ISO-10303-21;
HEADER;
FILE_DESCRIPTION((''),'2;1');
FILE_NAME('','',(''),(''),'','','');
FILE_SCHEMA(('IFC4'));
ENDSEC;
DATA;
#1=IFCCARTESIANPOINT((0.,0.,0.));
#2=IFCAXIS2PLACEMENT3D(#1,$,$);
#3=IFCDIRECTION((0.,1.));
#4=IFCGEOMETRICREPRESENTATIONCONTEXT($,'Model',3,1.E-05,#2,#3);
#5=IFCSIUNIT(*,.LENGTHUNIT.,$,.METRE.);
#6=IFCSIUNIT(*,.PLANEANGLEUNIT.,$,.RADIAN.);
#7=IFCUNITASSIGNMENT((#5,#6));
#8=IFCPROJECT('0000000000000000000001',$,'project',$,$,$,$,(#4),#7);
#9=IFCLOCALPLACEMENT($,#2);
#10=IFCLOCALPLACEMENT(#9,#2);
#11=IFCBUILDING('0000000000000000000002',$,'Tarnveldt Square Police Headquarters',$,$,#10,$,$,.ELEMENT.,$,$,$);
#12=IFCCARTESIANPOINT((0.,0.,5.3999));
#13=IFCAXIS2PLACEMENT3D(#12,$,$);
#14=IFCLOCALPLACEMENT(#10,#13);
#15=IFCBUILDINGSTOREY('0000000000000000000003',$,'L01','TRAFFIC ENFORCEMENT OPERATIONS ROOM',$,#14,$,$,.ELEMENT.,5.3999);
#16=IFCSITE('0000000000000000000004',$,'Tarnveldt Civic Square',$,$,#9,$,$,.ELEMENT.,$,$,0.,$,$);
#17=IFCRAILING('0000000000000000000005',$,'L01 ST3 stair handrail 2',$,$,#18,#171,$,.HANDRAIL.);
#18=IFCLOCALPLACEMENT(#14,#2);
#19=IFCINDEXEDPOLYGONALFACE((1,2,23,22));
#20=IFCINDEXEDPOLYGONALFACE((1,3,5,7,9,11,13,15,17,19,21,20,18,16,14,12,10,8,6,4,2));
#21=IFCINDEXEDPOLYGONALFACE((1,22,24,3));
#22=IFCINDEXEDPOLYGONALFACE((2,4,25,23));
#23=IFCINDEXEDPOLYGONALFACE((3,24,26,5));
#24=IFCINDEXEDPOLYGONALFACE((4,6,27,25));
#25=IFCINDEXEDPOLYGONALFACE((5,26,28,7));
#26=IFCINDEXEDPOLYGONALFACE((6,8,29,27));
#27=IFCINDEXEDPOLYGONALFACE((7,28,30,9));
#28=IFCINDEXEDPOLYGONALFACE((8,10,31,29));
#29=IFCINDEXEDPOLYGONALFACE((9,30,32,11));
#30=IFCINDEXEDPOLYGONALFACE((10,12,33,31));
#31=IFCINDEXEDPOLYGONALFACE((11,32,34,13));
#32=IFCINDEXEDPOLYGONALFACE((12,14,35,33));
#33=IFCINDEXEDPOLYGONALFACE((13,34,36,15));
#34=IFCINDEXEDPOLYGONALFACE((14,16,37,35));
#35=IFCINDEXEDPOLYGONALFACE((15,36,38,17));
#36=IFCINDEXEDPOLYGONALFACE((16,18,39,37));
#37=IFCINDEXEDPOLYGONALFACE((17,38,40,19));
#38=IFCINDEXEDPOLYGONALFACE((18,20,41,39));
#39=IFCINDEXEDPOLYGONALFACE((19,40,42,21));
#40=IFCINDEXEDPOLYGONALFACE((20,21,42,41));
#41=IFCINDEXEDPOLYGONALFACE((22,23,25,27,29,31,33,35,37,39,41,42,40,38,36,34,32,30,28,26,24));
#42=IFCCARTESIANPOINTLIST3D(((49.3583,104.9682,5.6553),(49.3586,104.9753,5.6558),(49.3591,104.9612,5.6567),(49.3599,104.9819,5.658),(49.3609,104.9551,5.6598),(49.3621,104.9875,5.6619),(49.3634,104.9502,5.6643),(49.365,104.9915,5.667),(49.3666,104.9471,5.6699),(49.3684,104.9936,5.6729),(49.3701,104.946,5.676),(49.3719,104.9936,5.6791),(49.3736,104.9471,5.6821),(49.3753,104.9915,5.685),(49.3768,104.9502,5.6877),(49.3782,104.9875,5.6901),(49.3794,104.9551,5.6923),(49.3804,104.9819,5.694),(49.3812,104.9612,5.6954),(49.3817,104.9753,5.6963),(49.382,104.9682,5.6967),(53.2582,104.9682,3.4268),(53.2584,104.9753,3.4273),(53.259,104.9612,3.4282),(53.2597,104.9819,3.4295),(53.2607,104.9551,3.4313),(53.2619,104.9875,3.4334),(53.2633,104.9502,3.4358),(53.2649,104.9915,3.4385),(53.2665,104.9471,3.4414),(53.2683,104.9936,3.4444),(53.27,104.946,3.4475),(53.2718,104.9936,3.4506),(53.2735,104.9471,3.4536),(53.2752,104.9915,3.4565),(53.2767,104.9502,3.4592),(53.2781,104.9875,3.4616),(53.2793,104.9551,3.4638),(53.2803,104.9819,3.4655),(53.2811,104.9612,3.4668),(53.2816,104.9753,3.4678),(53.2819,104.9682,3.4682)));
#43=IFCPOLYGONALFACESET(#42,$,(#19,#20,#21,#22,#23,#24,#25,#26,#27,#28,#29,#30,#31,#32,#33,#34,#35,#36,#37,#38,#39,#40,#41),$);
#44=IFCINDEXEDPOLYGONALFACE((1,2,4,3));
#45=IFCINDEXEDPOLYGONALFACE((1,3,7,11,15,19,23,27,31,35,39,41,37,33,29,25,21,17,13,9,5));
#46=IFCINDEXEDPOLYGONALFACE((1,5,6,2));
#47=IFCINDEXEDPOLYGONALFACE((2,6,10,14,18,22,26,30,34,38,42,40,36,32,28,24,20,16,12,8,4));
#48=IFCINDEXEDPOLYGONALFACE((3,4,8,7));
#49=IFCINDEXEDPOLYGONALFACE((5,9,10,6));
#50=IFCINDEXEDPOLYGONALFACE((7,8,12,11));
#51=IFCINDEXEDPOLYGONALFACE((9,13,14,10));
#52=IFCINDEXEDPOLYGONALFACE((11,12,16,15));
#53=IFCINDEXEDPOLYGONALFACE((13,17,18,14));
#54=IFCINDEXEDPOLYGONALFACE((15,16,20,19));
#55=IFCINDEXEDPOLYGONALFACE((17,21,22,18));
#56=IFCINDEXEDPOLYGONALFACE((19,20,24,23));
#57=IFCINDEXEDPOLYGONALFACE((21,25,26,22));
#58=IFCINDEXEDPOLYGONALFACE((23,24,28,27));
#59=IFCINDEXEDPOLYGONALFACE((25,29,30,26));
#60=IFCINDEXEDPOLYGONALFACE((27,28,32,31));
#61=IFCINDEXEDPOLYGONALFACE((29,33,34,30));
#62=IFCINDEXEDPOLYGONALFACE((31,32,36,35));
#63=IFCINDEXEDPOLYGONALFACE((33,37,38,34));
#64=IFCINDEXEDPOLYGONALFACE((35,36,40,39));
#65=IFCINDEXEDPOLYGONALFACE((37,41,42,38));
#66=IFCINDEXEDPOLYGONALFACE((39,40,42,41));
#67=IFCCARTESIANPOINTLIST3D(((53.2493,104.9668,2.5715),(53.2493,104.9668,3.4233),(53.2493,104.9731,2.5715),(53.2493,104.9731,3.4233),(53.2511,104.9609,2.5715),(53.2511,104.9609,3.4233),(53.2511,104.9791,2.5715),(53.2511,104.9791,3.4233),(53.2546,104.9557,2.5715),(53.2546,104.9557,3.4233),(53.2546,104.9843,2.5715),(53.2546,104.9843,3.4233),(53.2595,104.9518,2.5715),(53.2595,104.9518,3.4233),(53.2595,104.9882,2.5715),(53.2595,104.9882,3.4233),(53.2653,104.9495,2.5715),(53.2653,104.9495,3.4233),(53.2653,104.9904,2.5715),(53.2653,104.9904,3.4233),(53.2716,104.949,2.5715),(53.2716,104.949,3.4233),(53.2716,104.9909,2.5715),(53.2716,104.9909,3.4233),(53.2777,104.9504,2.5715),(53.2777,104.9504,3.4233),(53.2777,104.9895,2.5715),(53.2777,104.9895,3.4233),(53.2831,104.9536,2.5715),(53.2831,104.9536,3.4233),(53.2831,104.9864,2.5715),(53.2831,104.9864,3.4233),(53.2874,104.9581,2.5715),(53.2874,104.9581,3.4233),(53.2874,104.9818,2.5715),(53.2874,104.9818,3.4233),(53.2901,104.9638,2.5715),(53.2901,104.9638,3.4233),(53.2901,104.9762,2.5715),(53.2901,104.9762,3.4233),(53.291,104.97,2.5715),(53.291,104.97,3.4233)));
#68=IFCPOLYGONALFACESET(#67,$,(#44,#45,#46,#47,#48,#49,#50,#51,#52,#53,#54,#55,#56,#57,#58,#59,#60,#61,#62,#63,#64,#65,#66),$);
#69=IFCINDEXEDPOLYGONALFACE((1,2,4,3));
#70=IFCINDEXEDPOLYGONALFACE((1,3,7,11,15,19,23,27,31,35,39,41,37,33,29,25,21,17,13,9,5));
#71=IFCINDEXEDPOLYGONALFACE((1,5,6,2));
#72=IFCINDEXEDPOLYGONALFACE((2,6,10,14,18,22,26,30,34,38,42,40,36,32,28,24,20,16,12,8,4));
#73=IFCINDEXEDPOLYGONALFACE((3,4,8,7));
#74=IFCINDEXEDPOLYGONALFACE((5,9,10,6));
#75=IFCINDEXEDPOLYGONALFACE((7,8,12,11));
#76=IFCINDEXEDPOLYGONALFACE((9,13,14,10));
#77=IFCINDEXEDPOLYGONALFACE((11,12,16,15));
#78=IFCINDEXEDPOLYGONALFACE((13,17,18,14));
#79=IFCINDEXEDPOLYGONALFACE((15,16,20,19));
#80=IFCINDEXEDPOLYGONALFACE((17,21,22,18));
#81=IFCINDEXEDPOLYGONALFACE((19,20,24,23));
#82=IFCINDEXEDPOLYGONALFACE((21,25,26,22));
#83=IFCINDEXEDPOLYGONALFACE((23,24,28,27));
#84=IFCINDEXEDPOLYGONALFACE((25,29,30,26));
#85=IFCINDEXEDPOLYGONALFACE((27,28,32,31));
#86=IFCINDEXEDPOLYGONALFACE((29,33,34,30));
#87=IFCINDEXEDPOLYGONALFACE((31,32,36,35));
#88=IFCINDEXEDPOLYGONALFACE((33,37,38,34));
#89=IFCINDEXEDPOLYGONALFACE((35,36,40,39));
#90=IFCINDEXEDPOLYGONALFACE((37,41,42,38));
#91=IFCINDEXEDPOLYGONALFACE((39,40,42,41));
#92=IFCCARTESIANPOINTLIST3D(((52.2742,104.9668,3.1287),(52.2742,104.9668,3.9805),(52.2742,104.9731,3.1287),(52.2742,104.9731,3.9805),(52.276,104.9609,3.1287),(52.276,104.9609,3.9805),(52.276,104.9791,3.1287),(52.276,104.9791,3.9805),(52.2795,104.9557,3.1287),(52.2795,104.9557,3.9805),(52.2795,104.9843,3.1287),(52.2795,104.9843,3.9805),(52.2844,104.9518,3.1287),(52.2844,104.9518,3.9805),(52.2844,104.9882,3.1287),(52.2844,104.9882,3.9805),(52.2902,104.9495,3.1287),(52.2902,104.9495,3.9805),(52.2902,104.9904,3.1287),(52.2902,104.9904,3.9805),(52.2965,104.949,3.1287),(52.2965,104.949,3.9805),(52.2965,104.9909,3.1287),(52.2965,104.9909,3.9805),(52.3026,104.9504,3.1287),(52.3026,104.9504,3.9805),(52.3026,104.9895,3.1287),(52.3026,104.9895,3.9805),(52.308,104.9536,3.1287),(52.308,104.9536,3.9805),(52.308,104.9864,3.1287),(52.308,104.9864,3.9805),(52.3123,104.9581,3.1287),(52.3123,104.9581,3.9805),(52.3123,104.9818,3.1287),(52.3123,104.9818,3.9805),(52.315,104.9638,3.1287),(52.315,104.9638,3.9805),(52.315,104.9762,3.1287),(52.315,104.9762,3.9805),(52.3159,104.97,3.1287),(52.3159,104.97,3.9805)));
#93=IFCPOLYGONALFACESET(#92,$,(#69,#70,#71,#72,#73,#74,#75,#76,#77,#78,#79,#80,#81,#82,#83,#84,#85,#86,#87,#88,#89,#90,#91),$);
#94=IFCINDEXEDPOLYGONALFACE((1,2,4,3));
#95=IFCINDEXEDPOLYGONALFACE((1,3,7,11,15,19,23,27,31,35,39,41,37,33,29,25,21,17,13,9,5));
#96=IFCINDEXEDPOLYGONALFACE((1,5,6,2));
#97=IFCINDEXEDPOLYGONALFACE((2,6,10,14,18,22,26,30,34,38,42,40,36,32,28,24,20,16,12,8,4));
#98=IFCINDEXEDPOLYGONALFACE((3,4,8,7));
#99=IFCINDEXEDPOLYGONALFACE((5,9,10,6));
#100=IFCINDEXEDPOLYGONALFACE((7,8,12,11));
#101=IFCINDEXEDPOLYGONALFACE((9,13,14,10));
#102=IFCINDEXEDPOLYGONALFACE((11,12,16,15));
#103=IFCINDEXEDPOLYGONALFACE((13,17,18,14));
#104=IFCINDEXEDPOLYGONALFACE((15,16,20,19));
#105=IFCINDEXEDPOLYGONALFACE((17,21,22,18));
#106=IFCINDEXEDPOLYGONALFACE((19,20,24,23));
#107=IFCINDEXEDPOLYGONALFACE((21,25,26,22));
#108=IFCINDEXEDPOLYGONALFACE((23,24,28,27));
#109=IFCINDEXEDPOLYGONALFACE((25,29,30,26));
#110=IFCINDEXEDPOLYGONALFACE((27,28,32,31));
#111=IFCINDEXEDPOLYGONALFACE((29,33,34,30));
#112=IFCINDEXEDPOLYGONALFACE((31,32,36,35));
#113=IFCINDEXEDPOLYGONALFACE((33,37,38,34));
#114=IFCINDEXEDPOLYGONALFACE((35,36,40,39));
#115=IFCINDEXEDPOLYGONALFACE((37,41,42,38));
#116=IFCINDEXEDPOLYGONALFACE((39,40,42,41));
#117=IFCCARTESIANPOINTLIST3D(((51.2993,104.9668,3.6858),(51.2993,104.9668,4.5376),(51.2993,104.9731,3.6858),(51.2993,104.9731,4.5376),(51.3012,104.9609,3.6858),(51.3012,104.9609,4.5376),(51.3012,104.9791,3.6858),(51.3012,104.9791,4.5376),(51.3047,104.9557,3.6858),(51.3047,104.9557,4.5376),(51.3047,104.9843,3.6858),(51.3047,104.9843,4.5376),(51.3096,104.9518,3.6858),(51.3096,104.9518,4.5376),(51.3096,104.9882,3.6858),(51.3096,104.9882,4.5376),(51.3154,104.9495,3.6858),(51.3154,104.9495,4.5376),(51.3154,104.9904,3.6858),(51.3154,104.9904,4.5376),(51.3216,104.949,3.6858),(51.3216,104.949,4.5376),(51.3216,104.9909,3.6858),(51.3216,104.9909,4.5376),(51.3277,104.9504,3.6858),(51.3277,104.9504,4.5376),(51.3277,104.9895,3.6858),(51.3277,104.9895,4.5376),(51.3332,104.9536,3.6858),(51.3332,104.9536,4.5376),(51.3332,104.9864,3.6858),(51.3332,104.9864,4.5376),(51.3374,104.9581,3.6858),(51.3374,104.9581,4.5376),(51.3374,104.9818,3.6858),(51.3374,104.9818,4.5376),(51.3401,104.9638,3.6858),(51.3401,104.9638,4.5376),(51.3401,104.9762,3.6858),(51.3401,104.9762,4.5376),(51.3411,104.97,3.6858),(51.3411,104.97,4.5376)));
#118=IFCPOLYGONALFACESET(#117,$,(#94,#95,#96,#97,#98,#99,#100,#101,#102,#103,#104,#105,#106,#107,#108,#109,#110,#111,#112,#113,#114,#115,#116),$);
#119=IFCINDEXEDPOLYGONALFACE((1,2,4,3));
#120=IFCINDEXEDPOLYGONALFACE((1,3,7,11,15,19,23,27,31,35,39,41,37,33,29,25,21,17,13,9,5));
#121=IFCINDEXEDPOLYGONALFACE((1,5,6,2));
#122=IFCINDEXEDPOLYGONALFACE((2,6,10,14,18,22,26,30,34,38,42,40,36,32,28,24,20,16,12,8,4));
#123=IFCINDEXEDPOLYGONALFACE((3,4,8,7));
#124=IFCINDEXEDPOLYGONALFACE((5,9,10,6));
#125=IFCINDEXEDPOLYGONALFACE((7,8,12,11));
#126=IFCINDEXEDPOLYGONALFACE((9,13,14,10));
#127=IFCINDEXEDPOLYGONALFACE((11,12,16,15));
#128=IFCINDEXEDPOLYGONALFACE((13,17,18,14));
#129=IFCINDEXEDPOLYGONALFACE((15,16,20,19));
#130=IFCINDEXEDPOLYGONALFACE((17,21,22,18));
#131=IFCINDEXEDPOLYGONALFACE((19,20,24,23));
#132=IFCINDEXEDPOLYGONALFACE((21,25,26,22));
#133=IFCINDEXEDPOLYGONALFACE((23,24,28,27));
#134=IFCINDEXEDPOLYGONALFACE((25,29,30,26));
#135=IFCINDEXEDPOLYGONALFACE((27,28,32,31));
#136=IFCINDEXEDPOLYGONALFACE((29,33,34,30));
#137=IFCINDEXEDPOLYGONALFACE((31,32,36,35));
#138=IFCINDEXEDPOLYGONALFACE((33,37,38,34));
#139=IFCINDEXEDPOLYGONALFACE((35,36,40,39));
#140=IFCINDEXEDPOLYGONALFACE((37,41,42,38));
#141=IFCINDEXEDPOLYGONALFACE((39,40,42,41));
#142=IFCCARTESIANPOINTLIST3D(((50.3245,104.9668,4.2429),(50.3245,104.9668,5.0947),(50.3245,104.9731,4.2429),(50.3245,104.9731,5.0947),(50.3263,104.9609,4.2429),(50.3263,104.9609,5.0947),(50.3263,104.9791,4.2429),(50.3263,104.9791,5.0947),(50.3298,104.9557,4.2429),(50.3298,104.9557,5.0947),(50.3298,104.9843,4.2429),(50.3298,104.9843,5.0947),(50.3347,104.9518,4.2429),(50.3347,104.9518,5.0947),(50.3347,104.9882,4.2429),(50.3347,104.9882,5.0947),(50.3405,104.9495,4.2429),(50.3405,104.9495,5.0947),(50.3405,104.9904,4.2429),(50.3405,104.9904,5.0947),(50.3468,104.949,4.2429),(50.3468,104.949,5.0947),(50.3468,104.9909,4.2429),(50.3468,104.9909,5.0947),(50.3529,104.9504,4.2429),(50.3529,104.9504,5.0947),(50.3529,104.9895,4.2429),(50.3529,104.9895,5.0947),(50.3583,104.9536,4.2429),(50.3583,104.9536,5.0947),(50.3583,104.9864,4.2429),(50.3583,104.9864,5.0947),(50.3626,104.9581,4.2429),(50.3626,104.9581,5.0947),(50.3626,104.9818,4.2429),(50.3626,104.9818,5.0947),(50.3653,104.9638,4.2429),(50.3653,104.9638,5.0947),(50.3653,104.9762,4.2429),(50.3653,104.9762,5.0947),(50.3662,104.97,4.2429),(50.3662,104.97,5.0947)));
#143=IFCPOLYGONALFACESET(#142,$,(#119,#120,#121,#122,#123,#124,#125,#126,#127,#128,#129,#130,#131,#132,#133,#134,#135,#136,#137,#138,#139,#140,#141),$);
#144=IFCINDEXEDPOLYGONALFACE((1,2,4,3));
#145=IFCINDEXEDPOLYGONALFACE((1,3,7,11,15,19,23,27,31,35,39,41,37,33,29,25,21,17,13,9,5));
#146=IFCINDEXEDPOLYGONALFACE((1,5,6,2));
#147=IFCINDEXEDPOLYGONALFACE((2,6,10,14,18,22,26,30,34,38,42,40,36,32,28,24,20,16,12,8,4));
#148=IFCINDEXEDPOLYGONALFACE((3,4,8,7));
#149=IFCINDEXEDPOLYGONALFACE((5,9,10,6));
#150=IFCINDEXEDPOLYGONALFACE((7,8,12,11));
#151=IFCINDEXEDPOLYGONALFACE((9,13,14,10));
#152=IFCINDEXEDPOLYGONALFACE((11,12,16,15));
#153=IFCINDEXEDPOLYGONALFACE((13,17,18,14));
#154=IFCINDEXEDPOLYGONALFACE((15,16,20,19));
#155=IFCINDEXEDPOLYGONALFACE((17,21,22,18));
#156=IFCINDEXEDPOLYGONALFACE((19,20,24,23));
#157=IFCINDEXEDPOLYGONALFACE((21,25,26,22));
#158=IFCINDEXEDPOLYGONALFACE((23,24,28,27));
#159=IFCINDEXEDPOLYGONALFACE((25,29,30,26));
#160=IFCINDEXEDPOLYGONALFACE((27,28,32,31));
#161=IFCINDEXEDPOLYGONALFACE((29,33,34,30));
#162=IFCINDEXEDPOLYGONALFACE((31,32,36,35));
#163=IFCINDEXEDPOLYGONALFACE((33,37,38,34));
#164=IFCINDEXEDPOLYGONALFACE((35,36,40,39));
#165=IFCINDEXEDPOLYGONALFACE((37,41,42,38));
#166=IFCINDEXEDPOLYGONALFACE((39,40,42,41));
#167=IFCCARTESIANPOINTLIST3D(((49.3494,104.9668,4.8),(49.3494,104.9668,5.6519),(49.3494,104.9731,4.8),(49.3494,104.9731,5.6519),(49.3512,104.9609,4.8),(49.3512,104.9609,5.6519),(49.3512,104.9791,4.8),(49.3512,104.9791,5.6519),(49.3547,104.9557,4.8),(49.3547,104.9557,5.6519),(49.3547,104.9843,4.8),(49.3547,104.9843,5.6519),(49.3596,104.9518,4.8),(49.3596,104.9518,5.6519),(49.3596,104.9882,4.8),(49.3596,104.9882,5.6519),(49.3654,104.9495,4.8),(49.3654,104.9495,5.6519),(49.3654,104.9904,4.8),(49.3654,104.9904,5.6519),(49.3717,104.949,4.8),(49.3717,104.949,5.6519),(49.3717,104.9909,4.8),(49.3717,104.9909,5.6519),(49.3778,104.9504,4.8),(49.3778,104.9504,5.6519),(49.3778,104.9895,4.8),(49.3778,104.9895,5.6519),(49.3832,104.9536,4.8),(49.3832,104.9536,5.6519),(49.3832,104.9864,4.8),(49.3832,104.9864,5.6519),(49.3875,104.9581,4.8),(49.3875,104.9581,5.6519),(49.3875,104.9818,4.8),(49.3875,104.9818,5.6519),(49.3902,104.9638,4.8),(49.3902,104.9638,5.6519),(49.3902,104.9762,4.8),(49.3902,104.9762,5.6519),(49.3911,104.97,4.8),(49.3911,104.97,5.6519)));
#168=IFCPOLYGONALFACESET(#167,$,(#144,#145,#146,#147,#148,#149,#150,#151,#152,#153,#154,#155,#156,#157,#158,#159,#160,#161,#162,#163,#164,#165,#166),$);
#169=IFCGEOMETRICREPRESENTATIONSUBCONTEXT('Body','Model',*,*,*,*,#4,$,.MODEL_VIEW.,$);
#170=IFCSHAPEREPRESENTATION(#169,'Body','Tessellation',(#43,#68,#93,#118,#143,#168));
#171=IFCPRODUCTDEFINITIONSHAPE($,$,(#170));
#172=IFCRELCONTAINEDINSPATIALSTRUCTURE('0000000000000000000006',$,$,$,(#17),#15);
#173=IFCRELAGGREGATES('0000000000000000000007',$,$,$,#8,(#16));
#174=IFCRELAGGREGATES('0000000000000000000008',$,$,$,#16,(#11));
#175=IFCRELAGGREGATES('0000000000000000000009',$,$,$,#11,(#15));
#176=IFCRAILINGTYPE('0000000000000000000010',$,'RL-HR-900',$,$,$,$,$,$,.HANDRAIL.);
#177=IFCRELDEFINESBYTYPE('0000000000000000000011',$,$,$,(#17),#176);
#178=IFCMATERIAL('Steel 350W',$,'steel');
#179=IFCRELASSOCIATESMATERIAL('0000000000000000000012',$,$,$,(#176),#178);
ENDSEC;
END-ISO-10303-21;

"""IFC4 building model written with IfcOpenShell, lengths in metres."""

from ifc_helpers import new_model, si_unit, direction, frame, origin, origin_2d, place, context, subcontext, project, spatial, circle, extrude, material, type_object, element, save


model = new_model("IFC4")

# Units and contexts
model_context = context("Model", 3, precision=1e-05, world=origin(), true_north=direction((0.0, 1.0)))
body_context = subcontext(model_context, "Body", "Model", "MODEL_VIEW")
ifc_project = project(units=[si_unit("LENGTHUNIT", "METRE"), si_unit("PLANEANGLEUNIT", "RADIAN")], contexts=[model_context])

# Site, building, storey
site_placement = place(None, origin())
site = spatial("IfcSite", under=ifc_project, at=site_placement, Name="Tarnveldt Civic Square", CompositionType="ELEMENT", RefElevation=0.0)
building_placement = place(site_placement, origin())
building = spatial("IfcBuilding", under=site, at=building_placement, Name="Tarnveldt Square Police Headquarters", CompositionType="ELEMENT")
storey_placement = place(building_placement, frame((0.0, 0.0, 5.3999)))
storey = spatial("IfcBuildingStorey", under=building, at=storey_placement, Name="L01", Description="TRAFFIC ENFORCEMENT OPERATIONS ROOM", CompositionType="ELEMENT", Elevation=5.3999)

# Railing
ifc_material_1 = material(Name="Steel 350W", Category="steel")
railing_type_1 = type_object("IfcRailingType", Name="RL-HR-900", PredefinedType="HANDRAIL", material=ifc_material_1)
railing_1_placement = place(storey_placement, frame((53.27, 104.97, 2.5715)))
element("IfcRailing", 1, at=railing_1_placement, inside=storey, type_object=railing_type_1, Name="L01 ST3 stair handrail 2", PredefinedType="HANDRAIL", context=body_context, shape_type="SweptSolid", body=[
    extrude(circle(Radius=0.0239, at=origin_2d()), frame((0.0, 0.0, 0.876), z_axis=(-0.868243, 0.0, 0.496139), x_axis=(0.0, -1.0, 0.0)), (0.0, 0.0, 1.0), 4.4917),
    extrude(circle(Radius=0.021, at=origin_2d()), origin(), (0.0, 0.0, 1.0), 0.8518),
    extrude(circle(Radius=0.021, at=origin_2d()), frame((-0.9751, 0.0, 0.5571)), (0.0, 0.0, 1.0), 0.8518),
    extrude(circle(Radius=0.021, at=origin_2d()), frame((-1.95, 0.0, 1.1143)), (0.0, 0.0, 1.0), 0.8518),
    extrude(circle(Radius=0.021, at=origin_2d()), frame((-2.9248, 0.0, 1.6714)), (0.0, 0.0, 1.0), 0.8518),
    extrude(circle(Radius=0.021, at=origin_2d()), frame((-3.8999, 0.0, 2.2285)), (0.0, 0.0, 1.0), 0.8518),
])

save(model, "model.ifc")
